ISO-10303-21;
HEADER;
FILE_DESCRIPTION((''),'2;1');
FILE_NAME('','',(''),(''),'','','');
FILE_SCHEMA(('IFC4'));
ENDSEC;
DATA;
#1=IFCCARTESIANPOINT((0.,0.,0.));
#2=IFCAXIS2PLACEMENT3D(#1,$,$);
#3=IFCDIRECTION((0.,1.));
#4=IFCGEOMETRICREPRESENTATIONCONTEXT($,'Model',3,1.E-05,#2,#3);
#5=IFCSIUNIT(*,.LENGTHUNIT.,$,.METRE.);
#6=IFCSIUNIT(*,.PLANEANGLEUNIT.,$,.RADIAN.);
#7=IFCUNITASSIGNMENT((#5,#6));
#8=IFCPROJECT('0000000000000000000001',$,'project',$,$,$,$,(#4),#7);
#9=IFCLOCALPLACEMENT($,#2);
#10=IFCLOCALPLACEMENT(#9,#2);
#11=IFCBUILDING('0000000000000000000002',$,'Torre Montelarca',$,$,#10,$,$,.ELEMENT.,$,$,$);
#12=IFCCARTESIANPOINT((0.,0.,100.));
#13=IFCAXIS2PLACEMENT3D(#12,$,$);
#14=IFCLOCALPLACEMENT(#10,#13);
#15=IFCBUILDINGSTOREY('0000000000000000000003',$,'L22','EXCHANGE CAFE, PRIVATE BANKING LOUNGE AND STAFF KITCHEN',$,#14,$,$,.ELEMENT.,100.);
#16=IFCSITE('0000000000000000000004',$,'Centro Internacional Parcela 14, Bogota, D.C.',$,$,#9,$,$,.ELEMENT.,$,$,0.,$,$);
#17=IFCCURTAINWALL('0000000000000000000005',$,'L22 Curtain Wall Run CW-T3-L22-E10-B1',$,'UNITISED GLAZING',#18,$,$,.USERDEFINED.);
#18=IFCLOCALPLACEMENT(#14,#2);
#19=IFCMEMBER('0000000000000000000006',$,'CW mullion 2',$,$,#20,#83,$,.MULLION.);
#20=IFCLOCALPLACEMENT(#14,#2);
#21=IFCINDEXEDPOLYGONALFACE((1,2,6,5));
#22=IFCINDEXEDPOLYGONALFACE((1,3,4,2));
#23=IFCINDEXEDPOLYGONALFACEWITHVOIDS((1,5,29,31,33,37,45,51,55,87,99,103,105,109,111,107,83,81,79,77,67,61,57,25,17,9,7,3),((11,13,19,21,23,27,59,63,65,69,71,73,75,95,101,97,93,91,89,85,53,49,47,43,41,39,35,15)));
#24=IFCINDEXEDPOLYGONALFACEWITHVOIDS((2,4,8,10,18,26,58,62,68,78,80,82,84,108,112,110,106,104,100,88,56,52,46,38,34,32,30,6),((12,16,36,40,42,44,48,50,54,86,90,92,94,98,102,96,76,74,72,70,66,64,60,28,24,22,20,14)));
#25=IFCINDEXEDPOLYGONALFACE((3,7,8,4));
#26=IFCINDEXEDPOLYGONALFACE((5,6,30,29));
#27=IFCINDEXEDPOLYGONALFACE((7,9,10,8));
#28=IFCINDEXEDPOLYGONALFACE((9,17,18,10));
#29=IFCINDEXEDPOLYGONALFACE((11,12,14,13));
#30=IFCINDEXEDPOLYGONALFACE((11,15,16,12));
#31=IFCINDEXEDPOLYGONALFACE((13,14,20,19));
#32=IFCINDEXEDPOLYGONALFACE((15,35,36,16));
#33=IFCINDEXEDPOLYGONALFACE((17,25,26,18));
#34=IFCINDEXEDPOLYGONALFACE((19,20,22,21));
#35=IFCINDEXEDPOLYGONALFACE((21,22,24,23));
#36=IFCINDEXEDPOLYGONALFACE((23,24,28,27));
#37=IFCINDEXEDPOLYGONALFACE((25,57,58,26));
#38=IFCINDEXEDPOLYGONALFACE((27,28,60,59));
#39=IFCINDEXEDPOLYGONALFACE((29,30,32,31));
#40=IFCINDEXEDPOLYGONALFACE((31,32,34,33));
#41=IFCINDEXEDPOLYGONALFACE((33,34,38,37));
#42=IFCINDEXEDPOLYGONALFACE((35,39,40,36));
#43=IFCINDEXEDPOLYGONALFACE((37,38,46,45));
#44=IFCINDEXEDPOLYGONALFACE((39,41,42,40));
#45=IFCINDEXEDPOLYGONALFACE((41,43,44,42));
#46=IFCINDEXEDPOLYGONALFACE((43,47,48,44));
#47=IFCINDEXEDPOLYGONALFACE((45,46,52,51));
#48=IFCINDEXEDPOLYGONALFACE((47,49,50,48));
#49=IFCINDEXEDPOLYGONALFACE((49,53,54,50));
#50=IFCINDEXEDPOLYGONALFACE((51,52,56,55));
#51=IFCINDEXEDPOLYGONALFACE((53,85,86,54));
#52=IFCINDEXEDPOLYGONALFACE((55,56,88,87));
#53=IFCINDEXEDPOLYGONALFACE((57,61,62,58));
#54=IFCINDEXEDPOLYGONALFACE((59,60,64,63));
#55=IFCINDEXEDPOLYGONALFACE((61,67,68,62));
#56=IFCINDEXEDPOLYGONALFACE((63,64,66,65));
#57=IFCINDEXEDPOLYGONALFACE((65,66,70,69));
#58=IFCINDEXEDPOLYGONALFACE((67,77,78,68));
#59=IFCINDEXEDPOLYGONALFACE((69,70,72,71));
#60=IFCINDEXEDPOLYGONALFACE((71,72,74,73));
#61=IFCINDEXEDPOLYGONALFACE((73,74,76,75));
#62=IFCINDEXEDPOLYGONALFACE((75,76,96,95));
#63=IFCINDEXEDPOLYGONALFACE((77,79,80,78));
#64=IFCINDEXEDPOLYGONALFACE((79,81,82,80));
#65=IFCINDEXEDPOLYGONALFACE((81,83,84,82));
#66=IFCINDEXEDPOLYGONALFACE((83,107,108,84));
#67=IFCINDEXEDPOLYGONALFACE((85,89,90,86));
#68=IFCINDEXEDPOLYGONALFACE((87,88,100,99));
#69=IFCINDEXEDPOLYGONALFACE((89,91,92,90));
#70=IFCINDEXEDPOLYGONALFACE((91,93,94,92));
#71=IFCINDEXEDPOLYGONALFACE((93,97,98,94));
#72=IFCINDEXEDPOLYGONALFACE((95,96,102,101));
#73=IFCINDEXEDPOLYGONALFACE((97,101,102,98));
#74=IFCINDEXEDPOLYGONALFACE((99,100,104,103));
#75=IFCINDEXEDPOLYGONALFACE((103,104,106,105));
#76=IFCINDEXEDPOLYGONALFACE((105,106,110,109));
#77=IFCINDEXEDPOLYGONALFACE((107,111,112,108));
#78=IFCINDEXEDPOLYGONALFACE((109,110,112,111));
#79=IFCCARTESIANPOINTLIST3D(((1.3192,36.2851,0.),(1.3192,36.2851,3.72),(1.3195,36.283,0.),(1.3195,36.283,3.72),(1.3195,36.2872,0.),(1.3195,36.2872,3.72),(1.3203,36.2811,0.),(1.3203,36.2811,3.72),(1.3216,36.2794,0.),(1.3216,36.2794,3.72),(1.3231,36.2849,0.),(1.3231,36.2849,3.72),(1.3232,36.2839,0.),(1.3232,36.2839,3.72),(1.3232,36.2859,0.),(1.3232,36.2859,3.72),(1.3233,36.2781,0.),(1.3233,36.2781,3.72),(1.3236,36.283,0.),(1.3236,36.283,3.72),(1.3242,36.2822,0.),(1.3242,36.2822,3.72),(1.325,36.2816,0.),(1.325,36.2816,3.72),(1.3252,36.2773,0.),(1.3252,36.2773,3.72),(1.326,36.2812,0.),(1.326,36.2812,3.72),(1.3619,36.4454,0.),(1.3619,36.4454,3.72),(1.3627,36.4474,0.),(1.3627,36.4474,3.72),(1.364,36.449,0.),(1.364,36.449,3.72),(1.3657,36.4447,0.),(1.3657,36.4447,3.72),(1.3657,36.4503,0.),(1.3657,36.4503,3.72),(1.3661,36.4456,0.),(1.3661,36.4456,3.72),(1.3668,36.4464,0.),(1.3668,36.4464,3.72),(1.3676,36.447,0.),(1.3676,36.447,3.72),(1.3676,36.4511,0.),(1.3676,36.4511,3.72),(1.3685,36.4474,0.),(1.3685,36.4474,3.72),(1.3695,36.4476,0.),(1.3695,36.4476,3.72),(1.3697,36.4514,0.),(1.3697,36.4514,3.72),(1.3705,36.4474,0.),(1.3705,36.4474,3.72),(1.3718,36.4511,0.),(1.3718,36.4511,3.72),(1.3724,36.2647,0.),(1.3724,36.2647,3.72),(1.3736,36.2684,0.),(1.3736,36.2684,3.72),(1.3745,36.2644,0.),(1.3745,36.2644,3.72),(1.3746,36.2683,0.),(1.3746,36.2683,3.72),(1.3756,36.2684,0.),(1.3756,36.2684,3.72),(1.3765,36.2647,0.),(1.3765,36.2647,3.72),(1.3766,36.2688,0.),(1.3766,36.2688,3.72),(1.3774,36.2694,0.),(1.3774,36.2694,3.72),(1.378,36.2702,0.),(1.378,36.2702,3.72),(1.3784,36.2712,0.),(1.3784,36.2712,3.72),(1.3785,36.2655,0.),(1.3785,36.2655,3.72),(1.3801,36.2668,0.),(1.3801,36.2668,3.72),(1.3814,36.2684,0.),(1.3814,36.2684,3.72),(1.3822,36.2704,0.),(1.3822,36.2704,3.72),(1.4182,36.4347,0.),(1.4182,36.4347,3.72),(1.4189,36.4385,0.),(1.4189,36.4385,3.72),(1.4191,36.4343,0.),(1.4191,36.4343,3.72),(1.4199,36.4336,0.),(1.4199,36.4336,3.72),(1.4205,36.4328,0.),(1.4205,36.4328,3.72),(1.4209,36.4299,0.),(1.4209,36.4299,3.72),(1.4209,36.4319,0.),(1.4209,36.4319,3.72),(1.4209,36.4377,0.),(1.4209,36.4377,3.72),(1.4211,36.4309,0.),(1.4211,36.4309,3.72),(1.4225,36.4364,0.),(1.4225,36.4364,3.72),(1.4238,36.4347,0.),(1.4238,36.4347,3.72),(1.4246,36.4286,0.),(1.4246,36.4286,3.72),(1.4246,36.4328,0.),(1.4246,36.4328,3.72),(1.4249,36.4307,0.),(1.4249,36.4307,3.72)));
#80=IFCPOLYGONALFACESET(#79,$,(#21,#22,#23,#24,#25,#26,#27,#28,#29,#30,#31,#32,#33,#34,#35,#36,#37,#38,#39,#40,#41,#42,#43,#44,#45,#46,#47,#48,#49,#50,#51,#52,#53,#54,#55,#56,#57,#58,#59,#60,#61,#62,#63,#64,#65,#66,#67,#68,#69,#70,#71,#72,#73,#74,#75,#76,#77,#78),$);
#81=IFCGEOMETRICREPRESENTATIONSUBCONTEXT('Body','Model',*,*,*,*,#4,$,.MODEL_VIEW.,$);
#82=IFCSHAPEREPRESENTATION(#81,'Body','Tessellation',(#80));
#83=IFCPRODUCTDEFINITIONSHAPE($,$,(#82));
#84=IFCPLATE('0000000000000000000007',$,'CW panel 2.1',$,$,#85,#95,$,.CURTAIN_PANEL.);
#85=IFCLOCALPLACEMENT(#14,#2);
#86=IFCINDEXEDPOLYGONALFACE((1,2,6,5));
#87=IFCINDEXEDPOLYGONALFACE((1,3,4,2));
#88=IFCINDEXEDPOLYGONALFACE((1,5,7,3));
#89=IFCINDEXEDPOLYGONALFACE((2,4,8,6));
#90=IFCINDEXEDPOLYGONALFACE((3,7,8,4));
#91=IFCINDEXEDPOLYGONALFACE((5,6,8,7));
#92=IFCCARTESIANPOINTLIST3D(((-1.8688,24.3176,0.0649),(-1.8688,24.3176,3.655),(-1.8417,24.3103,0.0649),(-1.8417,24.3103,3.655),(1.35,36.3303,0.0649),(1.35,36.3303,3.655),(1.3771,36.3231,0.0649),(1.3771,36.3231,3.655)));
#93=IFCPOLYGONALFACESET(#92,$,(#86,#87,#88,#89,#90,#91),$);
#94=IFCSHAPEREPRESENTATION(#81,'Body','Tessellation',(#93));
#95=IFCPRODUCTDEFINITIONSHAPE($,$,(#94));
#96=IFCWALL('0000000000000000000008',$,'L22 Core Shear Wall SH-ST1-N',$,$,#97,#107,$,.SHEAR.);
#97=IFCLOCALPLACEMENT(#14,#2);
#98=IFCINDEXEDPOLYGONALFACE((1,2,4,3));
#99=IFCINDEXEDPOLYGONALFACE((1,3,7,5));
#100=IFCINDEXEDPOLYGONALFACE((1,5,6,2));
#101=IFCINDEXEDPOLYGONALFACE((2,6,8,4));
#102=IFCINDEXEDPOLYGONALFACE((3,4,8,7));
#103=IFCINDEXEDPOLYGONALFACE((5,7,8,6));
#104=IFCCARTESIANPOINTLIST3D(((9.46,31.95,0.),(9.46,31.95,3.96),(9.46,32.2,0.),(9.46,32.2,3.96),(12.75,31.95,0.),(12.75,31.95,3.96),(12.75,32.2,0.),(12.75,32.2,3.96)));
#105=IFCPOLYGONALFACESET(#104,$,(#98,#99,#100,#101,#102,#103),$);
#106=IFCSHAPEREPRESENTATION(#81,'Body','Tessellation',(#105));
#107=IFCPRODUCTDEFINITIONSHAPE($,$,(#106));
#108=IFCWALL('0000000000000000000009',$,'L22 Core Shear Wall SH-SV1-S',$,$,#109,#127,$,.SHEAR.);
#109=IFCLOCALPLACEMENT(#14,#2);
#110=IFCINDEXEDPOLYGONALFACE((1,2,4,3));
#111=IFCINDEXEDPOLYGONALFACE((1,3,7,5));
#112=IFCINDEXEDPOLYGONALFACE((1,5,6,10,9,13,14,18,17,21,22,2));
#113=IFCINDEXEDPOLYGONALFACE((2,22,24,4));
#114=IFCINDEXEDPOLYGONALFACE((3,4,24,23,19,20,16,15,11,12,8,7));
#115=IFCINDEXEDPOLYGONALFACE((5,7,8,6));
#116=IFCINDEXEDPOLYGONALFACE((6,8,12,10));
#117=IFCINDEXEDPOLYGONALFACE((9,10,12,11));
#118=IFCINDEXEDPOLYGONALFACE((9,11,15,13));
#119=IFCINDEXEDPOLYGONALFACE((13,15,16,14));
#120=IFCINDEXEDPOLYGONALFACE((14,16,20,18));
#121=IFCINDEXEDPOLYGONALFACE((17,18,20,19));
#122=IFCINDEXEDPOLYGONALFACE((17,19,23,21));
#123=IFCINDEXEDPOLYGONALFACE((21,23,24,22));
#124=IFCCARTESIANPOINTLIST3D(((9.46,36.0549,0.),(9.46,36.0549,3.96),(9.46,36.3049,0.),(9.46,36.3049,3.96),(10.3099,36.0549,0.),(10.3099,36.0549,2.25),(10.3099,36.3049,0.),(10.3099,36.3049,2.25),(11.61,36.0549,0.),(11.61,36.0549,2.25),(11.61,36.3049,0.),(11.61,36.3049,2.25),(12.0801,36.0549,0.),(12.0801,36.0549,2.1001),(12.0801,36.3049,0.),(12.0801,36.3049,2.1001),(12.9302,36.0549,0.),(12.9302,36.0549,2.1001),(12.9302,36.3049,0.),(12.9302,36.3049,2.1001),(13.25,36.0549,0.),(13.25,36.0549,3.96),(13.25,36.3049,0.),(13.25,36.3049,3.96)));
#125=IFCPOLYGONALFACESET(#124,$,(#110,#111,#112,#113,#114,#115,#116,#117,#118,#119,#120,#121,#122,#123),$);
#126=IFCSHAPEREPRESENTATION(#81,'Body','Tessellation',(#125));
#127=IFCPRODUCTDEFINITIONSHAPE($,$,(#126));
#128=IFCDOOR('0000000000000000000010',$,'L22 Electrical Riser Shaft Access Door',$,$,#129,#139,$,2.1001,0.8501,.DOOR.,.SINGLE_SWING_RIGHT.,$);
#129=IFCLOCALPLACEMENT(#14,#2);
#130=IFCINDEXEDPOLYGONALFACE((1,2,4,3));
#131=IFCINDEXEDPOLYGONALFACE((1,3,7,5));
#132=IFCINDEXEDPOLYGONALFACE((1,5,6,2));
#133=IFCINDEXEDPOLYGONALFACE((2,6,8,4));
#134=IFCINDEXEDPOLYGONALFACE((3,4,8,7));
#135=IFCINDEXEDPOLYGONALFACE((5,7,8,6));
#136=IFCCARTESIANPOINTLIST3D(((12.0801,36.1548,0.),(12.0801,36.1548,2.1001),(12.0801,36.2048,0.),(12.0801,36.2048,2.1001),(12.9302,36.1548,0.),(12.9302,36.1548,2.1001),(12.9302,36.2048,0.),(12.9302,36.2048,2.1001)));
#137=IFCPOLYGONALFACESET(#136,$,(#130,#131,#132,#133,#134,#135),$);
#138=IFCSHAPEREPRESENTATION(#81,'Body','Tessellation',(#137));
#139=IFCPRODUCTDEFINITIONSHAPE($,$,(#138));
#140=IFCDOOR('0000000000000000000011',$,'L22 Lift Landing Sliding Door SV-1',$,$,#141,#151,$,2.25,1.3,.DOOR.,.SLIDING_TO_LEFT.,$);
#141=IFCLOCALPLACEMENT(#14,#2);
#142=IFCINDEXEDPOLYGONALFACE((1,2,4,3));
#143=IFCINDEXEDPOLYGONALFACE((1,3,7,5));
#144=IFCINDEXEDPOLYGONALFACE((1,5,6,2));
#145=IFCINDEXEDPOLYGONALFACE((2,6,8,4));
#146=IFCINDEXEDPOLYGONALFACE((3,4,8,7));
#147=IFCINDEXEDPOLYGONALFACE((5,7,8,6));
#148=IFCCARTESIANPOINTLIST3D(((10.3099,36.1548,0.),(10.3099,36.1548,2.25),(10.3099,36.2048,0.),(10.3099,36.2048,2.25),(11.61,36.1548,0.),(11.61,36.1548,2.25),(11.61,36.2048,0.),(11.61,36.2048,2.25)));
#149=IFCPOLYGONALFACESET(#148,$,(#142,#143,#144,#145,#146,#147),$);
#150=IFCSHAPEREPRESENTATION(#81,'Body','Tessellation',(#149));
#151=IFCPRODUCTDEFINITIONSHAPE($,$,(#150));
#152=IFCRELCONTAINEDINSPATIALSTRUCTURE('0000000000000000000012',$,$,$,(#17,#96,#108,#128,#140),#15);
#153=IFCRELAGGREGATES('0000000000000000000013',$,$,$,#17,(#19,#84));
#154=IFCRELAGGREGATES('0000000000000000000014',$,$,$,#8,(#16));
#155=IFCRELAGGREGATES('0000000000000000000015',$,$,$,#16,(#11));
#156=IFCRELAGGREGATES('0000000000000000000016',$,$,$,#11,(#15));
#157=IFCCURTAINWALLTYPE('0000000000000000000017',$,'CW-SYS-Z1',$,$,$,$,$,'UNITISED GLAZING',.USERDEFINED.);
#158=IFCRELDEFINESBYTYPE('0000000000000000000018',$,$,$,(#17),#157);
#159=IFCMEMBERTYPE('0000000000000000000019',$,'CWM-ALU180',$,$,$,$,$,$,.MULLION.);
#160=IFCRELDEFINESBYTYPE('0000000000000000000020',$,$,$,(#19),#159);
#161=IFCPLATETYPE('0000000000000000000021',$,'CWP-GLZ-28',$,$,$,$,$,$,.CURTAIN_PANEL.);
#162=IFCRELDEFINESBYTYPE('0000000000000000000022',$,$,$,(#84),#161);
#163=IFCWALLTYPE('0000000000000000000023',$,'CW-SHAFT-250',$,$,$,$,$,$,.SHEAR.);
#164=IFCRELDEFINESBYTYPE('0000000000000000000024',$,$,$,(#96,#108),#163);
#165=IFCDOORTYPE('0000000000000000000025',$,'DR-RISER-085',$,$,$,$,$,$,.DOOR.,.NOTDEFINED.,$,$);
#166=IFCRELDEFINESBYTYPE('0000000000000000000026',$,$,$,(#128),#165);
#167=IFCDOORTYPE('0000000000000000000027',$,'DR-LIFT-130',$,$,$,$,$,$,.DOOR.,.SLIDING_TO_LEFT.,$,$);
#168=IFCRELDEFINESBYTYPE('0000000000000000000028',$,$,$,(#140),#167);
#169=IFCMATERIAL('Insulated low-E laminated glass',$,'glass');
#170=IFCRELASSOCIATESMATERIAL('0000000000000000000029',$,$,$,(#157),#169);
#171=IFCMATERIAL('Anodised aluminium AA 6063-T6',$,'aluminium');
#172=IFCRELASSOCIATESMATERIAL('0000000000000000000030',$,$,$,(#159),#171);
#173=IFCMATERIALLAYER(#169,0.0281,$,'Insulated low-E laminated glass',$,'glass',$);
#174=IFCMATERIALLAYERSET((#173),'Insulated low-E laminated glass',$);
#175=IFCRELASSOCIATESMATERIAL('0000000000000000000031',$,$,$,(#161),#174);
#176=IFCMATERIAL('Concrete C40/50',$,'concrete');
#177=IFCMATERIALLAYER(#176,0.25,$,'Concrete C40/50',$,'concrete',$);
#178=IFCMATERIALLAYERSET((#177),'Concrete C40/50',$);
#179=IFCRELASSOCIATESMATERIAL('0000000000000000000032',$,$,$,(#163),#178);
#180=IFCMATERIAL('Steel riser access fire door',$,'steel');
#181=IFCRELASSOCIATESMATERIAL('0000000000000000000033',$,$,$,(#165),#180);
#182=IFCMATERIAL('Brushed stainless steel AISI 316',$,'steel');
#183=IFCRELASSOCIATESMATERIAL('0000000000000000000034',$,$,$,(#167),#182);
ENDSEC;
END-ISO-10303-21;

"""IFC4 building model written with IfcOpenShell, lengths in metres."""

from ifc_helpers import new_model, si_unit, direction, frame, frame_2d, origin, origin_2d, place, context, subcontext, project, spatial, rectangle, hollow_rectangle, extrude, source, transform, mapped, material, layer, layer_set, material_profile, profile_set, type_object, element, fill, aggregate, save


model = new_model("IFC4")

# Units and contexts
model_context = context("Model", 3, precision=1e-05, world=origin(), true_north=direction((0.0, 1.0)))
body_context = subcontext(model_context, "Body", "Model", "MODEL_VIEW")
ifc_project = project(units=[si_unit("LENGTHUNIT", "METRE"), si_unit("PLANEANGLEUNIT", "RADIAN")], contexts=[model_context])

# Site, building, storey
site_placement = place(None, origin())
site = spatial("IfcSite", under=ifc_project, at=site_placement, Name="Centro Internacional Parcela 14, Bogota, D.C.", CompositionType="ELEMENT", RefElevation=0.0)
building_placement = place(site_placement, origin())
building = spatial("IfcBuilding", under=site, at=building_placement, Name="Torre Montelarca", CompositionType="ELEMENT")
storey_placement = place(building_placement, frame((0.0, 0.0, 100.0)))
storey = spatial("IfcBuildingStorey", under=building, at=storey_placement, Name="L22", Description="EXCHANGE CAFE, PRIVATE BANKING LOUNGE AND STAFF KITCHEN", CompositionType="ELEMENT", Elevation=100.0)

# Curtain wall, member, plate
ifc_material_1 = material(Name="Insulated low-E laminated glass", Category="glass")
curtain_wall_type = type_object("IfcCurtainWallType", Name="CW-SYS-Z1", ElementType="UNITISED GLAZING", PredefinedType="USERDEFINED", material=ifc_material_1)
curtain_wall_placement = place(storey_placement, origin())
curtain_wall = element("IfcCurtainWall", 1, at=curtain_wall_placement, inside=storey, type_object=curtain_wall_type, Name="L22 Curtain Wall Run CW-T3-L22-E10-B1", ObjectType="UNITISED GLAZING", PredefinedType="USERDEFINED")
ifc_material_2 = material(Name="Anodised aluminium AA 6063-T6", Category="aluminium")
ifc_material_profile_1 = material_profile(ifc_material_2, hollow_rectangle(XDim=0.0649, YDim=0.1799, WallThickness=0.0039, InnerFilletRadius=0.0039, OuterFilletRadius=0.0081, at=origin_2d()), Name="ALU65X180X4", Category="aluminium")
ifc_profile_set_1 = profile_set([ifc_material_profile_1], Name="Anodised aluminium AA 6063-T6")
member_type_1 = type_object("IfcMemberType", Name="CWM-ALU180", PredefinedType="MULLION", material=ifc_profile_set_1)
shared_shape_1 = source(origin(), body_context, "Body", "SweptSolid", [
    extrude(hollow_rectangle(XDim=0.0649, YDim=0.1799, WallThickness=0.0039, InnerFilletRadius=0.0039, OuterFilletRadius=0.0081, at=origin_2d()), origin(), (0.0, 0.0, 1.0), 3.72),
])
member_1_placement = place(storey_placement, frame((1.3721, 36.3579, 0.0), z_axis=(0.0, 0.0, 1.0), x_axis=(0.965926, -0.258818, 0.0)))
member_1 = element("IfcMember", 2, at=member_1_placement, type_object=member_type_1, Name="CW mullion 2", PredefinedType="MULLION", context=body_context, shape_type="MappedRepresentation", body=[
    mapped(shared_shape_1, transform((0.0, 0.0, 0.0), scale=1.0)),
])
ifc_layer_1 = layer(ifc_material_1, 0.0281, Name="Insulated low-E laminated glass", Category="glass")
ifc_layer_set_1 = layer_set([ifc_layer_1], Name="Insulated low-E laminated glass")
plate_type = type_object("IfcPlateType", Name="CWP-GLZ-28", PredefinedType="CURTAIN_PANEL", material=ifc_layer_set_1)
shared_shape_2 = source(origin(), body_context, "Body", "SweptSolid", [
    extrude(rectangle(XDim=12.4365, YDim=0.0281, at=origin_2d()), origin(), (0.0, 0.0, 1.0), 3.5901),
])
plate_placement = place(storey_placement, frame((-0.2458, 30.3203, 0.0649), z_axis=(0.0, 0.0, 1.0), x_axis=(-0.258818, -0.965926, 0.0)))
plate = element("IfcPlate", 3, at=plate_placement, type_object=plate_type, Name="CW panel 2.1", PredefinedType="CURTAIN_PANEL", context=body_context, shape_type="MappedRepresentation", body=[
    mapped(shared_shape_2, transform((0.0, 0.0, 0.0), scale=1.0)),
])
aggregate(curtain_wall, [member_1, plate])

# Wall
ifc_material_3 = material(Name="Concrete C40/50", Category="concrete")
ifc_layer_2 = layer(ifc_material_3, 0.25, Name="Concrete C40/50", Category="concrete")
ifc_layer_set_2 = layer_set([ifc_layer_2], Name="Concrete C40/50")
wall_type_1 = type_object("IfcWallType", Name="CW-SHAFT-250", PredefinedType="SHEAR", material=ifc_layer_set_2)
wall_1_placement = place(storey_placement, frame((9.46, 32.075, 0.0), z_axis=(0.0, 0.0, 1.0), x_axis=(1.0, 0.0, 0.0)))
element("IfcWall", 4, at=wall_1_placement, inside=storey, type_object=wall_type_1, Name="L22 Core Shear Wall SH-ST1-N", PredefinedType="SHEAR", context=body_context, shape_type="SweptSolid", body=[
    extrude(rectangle(XDim=3.29, YDim=0.25, at=frame_2d((1.645, 0.0))), origin(), (0.0, 0.0, 1.0), 3.96),
])

# Wall, openings, doors
wall_2_placement = place(storey_placement, frame((9.46, 36.1799, 0.0), z_axis=(0.0, 0.0, 1.0), x_axis=(1.0, 0.0, 0.0)))
wall_2 = element("IfcWall", 5, at=wall_2_placement, inside=storey, type_object=wall_type_1, Name="L22 Core Shear Wall SH-SV1-S", PredefinedType="SHEAR", context=body_context, shape_type="SweptSolid", body=[
    extrude(rectangle(XDim=3.79, YDim=0.25, at=frame_2d((1.895, 0.0))), origin(), (0.0, 0.0, 1.0), 3.96),
])
opening_1_placement = place(wall_2_placement, frame((2.6201, 0.0, 0.0)))
opening_1 = element("IfcOpeningElement", 6, at=opening_1_placement, cuts=wall_2, PredefinedType="OPENING", context=body_context, shape_type="SweptSolid", body=[
    extrude(rectangle(XDim=0.8501, YDim=2.1001, at=frame_2d((0.425, 1.05))), frame((0.0, 0.135, 0.0), z_axis=(0.0, -1.0, 0.0), x_axis=(1.0, 0.0, 0.0)), (0.0, 0.0, 1.0), 0.27),
])
opening_2_placement = place(wall_2_placement, frame((0.8501, 0.0, 0.0)))
opening_2 = element("IfcOpeningElement", 7, at=opening_2_placement, cuts=wall_2, PredefinedType="OPENING", context=body_context, shape_type="SweptSolid", body=[
    extrude(rectangle(XDim=1.3, YDim=2.25, at=frame_2d((0.6499, 1.125))), frame((0.0, 0.135, 0.0), z_axis=(0.0, -1.0, 0.0), x_axis=(1.0, 0.0, 0.0)), (0.0, 0.0, 1.0), 0.27),
])
ifc_material_4 = material(Name="Steel riser access fire door", Category="steel")
door_type_1 = type_object("IfcDoorType", Name="DR-RISER-085", OperationType="NOTDEFINED", PredefinedType="DOOR", material=ifc_material_4)
shared_shape_3 = source(origin(), body_context, "Body", "SweptSolid", [
    extrude(rectangle(XDim=0.8501, YDim=2.1001, at=frame_2d((0.425, 1.05))), frame((0.0, 0.0249, 0.0), z_axis=(0.0, -1.0, 0.0), x_axis=(1.0, 0.0, 0.0)), (0.0, 0.0, 1.0), 0.05),
])
door_1_placement = place(opening_1_placement, origin())
door_1 = element("IfcDoor", 8, at=door_1_placement, inside=storey, type_object=door_type_1, Name="L22 Electrical Riser Shaft Access Door", OperationType="SINGLE_SWING_RIGHT", OverallHeight=2.1001, OverallWidth=0.8501, PredefinedType="DOOR", context=body_context, shape_type="MappedRepresentation", body=[
    mapped(shared_shape_3, transform((0.0, 0.0, 0.0), scale=1.0)),
])
fill(opening_1, door_1)
ifc_material_5 = material(Name="Brushed stainless steel AISI 316", Category="steel")
door_type_2 = type_object("IfcDoorType", Name="DR-LIFT-130", OperationType="SLIDING_TO_LEFT", PredefinedType="DOOR", material=ifc_material_5)
shared_shape_4 = source(origin(), body_context, "Body", "SweptSolid", [
    extrude(rectangle(XDim=1.3, YDim=2.25, at=frame_2d((0.6499, 1.125))), frame((0.0, 0.0249, 0.0), z_axis=(0.0, -1.0, 0.0), x_axis=(1.0, 0.0, 0.0)), (0.0, 0.0, 1.0), 0.05),
])
door_2_placement = place(opening_2_placement, origin())
door_2 = element("IfcDoor", 9, at=door_2_placement, inside=storey, type_object=door_type_2, Name="L22 Lift Landing Sliding Door SV-1", OperationType="SLIDING_TO_LEFT", OverallHeight=2.25, OverallWidth=1.3, PredefinedType="DOOR", context=body_context, shape_type="MappedRepresentation", body=[
    mapped(shared_shape_4, transform((0.0, 0.0, 0.0), scale=1.0)),
])
fill(opening_2, door_2)

save(model, "model.ifc")
